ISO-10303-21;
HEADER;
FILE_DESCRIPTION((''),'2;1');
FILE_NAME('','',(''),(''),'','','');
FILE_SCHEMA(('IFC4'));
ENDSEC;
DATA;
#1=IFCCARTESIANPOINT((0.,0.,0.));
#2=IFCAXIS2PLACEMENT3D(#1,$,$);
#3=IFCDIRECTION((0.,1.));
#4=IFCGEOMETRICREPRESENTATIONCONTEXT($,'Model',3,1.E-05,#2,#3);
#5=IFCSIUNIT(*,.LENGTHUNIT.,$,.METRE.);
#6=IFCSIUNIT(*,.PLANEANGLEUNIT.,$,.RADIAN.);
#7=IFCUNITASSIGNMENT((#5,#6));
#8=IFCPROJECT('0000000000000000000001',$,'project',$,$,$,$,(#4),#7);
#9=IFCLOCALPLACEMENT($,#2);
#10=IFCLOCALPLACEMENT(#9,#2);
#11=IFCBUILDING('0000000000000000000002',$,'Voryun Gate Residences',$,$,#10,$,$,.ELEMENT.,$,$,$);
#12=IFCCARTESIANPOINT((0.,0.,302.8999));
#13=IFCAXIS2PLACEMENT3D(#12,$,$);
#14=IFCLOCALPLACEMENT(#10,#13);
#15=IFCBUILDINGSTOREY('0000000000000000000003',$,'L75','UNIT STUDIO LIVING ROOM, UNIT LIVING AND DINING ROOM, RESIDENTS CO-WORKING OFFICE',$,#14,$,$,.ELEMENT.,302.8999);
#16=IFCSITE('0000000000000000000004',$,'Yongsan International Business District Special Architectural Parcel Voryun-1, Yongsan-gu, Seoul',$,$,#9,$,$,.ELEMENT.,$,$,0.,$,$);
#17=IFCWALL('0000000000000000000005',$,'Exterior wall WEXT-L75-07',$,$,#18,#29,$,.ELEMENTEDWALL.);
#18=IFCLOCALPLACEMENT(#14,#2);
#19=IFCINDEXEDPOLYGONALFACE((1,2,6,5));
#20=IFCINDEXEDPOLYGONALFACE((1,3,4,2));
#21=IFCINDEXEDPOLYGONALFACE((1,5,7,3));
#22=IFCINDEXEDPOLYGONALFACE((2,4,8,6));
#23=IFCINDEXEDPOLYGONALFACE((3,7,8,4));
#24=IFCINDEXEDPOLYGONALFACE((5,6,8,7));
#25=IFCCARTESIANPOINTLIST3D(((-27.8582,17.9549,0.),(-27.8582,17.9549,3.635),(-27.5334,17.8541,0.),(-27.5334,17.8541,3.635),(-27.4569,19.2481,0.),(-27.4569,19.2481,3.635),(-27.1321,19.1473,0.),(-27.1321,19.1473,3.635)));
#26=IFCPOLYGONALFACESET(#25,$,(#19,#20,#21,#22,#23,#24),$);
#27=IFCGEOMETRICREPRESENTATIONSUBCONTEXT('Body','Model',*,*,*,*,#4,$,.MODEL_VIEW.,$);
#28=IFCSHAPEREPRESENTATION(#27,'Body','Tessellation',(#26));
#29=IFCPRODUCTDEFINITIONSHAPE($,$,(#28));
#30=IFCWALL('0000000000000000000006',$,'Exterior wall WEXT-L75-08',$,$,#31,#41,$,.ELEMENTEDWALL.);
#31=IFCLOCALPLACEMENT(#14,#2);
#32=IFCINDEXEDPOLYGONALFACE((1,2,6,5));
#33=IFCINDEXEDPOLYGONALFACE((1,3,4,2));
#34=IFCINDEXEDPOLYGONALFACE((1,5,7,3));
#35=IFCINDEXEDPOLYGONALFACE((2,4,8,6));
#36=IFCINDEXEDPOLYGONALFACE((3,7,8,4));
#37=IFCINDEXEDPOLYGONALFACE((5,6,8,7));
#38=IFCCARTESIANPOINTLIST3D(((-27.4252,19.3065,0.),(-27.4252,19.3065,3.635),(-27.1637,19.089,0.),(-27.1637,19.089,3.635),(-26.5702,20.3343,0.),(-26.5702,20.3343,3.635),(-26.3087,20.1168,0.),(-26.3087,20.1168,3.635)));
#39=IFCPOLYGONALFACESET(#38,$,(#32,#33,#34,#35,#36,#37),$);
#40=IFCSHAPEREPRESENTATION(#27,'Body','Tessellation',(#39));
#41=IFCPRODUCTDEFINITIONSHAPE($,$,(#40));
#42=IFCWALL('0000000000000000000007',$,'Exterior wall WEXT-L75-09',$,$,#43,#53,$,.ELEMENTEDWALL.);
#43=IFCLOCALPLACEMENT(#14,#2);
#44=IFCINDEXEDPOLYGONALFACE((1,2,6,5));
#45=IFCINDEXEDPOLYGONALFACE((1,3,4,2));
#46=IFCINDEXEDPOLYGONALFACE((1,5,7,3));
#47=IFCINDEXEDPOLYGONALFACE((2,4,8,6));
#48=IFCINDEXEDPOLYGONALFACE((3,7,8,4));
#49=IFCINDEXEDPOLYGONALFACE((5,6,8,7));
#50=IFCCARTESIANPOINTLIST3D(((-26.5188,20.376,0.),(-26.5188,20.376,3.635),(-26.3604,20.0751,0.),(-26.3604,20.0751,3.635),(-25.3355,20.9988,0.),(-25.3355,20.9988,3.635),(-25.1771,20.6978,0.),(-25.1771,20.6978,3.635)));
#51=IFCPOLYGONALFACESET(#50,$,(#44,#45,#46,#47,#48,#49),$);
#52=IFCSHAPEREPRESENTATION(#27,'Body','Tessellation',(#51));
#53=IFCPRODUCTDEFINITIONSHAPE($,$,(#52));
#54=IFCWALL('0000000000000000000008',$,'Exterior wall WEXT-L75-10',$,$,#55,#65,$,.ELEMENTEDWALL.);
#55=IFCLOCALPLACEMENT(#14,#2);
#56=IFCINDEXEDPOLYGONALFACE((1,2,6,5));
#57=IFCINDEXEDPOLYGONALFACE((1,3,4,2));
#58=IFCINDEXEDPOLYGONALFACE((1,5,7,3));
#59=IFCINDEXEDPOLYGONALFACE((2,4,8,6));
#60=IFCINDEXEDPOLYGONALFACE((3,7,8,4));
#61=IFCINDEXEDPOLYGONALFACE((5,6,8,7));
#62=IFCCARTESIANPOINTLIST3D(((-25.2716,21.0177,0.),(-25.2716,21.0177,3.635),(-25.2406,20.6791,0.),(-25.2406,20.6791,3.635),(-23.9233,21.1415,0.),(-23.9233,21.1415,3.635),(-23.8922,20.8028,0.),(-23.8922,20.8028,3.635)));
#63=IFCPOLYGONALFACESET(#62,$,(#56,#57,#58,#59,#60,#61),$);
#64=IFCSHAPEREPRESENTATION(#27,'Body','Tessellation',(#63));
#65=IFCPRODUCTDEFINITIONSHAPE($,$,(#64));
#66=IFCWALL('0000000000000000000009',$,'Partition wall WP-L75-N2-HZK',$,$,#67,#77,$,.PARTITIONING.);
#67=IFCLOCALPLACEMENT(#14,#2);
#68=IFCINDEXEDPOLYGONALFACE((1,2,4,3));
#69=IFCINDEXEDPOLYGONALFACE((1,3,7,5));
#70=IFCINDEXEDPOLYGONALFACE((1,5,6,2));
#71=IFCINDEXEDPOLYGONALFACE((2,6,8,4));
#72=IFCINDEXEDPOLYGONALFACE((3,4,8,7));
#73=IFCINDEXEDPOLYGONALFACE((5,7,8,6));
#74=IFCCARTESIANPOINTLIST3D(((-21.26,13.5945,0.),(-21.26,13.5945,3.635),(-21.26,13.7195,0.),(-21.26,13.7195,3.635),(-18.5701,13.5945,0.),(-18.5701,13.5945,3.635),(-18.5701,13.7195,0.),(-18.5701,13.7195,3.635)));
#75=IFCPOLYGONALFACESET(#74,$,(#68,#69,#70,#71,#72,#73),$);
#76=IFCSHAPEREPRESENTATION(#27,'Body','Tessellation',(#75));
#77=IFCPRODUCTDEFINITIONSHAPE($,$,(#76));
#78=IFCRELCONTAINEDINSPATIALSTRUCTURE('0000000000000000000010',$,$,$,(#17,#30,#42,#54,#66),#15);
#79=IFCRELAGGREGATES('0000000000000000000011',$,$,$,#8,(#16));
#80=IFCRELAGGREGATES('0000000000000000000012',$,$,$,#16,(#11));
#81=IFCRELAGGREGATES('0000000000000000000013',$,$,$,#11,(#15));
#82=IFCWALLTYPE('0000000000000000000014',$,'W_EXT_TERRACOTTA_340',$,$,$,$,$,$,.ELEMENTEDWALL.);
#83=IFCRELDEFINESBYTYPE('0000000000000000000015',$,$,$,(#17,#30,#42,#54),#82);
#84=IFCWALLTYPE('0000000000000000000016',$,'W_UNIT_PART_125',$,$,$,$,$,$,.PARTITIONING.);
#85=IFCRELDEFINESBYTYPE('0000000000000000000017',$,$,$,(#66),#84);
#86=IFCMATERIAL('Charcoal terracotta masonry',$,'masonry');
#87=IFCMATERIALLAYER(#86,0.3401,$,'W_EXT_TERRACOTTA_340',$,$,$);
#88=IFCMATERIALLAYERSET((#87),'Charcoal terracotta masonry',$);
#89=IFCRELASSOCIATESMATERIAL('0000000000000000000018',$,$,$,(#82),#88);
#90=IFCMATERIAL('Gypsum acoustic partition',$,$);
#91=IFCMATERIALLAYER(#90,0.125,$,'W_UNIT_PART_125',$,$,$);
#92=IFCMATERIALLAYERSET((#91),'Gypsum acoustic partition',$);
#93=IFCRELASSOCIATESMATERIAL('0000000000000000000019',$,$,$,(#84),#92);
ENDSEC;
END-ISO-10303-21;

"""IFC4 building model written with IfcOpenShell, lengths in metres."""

from ifc_helpers import new_model, si_unit, direction, frame, frame_2d, origin, place, context, subcontext, project, spatial, rectangle, extrude, material, layer, layer_set, type_object, element, save


model = new_model("IFC4")

# Units and contexts
model_context = context("Model", 3, precision=1e-05, world=origin(), true_north=direction((0.0, 1.0)))
body_context = subcontext(model_context, "Body", "Model", "MODEL_VIEW")
ifc_project = project(units=[si_unit("LENGTHUNIT", "METRE"), si_unit("PLANEANGLEUNIT", "RADIAN")], contexts=[model_context])

# Site, building, storey
site_placement = place(None, origin())
site = spatial("IfcSite", under=ifc_project, at=site_placement, Name="Yongsan International Business District Special Architectural Parcel Voryun-1, Yongsan-gu, Seoul", CompositionType="ELEMENT", RefElevation=0.0)
building_placement = place(site_placement, origin())
building = spatial("IfcBuilding", under=site, at=building_placement, Name="Voryun Gate Residences", CompositionType="ELEMENT")
storey_placement = place(building_placement, frame((0.0, 0.0, 302.8999)))
storey = spatial("IfcBuildingStorey", under=building, at=storey_placement, Name="L75", Description="UNIT STUDIO LIVING ROOM, UNIT LIVING AND DINING ROOM, RESIDENTS CO-WORKING OFFICE", CompositionType="ELEMENT", Elevation=302.8999)

# Walls
ifc_material_1 = material(Name="Charcoal terracotta masonry", Category="masonry")
ifc_layer_1 = layer(ifc_material_1, 0.3401, Name="W_EXT_TERRACOTTA_340")
ifc_layer_set_1 = layer_set([ifc_layer_1], Name="Charcoal terracotta masonry")
wall_type_1 = type_object("IfcWallType", Name="W_EXT_TERRACOTTA_340", PredefinedType="ELEMENTEDWALL", material=ifc_layer_set_1)
wall_1_placement = place(storey_placement, frame((-27.6958, 17.9045, 0.0), z_axis=(0.0, 0.0, 1.0), x_axis=(0.296416, 0.955059, 0.0)))
element("IfcWall", 1, at=wall_1_placement, inside=storey, type_object=wall_type_1, Name="Exterior wall WEXT-L75-07", PredefinedType="ELEMENTEDWALL", context=body_context, shape_type="SweptSolid", body=[
    extrude(rectangle(XDim=1.354, YDim=0.3401, at=frame_2d((0.677, 0.0))), origin(), (0.0, 0.0, 1.0), 3.635),
])
wall_2_placement = place(storey_placement, frame((-27.2944, 19.1978, 0.0), z_axis=(0.0, 0.0, 1.0), x_axis=(0.639502, 0.76879, 0.0)))
element("IfcWall", 2, at=wall_2_placement, inside=storey, type_object=wall_type_1, Name="Exterior wall WEXT-L75-08", PredefinedType="ELEMENTEDWALL", context=body_context, shape_type="SweptSolid", body=[
    extrude(rectangle(XDim=1.3369, YDim=0.3401, at=frame_2d((0.6685, 0.0))), origin(), (0.0, 0.0, 1.0), 3.635),
])
wall_3_placement = place(storey_placement, frame((-26.4395, 20.2256, 0.0), z_axis=(0.0, 0.0, 1.0), x_axis=(0.884922, 0.465739, 0.0)))
element("IfcWall", 3, at=wall_3_placement, inside=storey, type_object=wall_type_1, Name="Exterior wall WEXT-L75-09", PredefinedType="ELEMENTEDWALL", context=body_context, shape_type="SweptSolid", body=[
    extrude(rectangle(XDim=1.3372, YDim=0.3401, at=frame_2d((0.6685, 0.0))), origin(), (0.0, 0.0, 1.0), 3.635),
])
wall_4_placement = place(storey_placement, frame((-25.2561, 20.8484, 0.0), z_axis=(0.0, 0.0, 1.0), x_axis=(0.995813, 0.091414, 0.0)))
element("IfcWall", 4, at=wall_4_placement, inside=storey, type_object=wall_type_1, Name="Exterior wall WEXT-L75-10", PredefinedType="ELEMENTEDWALL", context=body_context, shape_type="SweptSolid", body=[
    extrude(rectangle(XDim=1.354, YDim=0.3401, at=frame_2d((0.677, 0.0))), origin(), (0.0, 0.0, 1.0), 3.635),
])

# Wall
ifc_material_2 = material(Name="Gypsum acoustic partition")
ifc_layer_2 = layer(ifc_material_2, 0.125, Name="W_UNIT_PART_125")
ifc_layer_set_2 = layer_set([ifc_layer_2], Name="Gypsum acoustic partition")
wall_type_2 = type_object("IfcWallType", Name="W_UNIT_PART_125", PredefinedType="PARTITIONING", material=ifc_layer_set_2)
wall_5_placement = place(storey_placement, frame((-21.26, 13.657, 0.0), z_axis=(0.0, 0.0, 1.0), x_axis=(1.0, 0.0, 0.0)))
element("IfcWall", 5, at=wall_5_placement, inside=storey, type_object=wall_type_2, Name="Partition wall WP-L75-N2-HZK", PredefinedType="PARTITIONING", context=body_context, shape_type="SweptSolid", body=[
    extrude(rectangle(XDim=2.6899, YDim=0.125, at=frame_2d((1.345, 0.0))), origin(), (0.0, 0.0, 1.0), 3.635),
])

save(model, "model.ifc")
